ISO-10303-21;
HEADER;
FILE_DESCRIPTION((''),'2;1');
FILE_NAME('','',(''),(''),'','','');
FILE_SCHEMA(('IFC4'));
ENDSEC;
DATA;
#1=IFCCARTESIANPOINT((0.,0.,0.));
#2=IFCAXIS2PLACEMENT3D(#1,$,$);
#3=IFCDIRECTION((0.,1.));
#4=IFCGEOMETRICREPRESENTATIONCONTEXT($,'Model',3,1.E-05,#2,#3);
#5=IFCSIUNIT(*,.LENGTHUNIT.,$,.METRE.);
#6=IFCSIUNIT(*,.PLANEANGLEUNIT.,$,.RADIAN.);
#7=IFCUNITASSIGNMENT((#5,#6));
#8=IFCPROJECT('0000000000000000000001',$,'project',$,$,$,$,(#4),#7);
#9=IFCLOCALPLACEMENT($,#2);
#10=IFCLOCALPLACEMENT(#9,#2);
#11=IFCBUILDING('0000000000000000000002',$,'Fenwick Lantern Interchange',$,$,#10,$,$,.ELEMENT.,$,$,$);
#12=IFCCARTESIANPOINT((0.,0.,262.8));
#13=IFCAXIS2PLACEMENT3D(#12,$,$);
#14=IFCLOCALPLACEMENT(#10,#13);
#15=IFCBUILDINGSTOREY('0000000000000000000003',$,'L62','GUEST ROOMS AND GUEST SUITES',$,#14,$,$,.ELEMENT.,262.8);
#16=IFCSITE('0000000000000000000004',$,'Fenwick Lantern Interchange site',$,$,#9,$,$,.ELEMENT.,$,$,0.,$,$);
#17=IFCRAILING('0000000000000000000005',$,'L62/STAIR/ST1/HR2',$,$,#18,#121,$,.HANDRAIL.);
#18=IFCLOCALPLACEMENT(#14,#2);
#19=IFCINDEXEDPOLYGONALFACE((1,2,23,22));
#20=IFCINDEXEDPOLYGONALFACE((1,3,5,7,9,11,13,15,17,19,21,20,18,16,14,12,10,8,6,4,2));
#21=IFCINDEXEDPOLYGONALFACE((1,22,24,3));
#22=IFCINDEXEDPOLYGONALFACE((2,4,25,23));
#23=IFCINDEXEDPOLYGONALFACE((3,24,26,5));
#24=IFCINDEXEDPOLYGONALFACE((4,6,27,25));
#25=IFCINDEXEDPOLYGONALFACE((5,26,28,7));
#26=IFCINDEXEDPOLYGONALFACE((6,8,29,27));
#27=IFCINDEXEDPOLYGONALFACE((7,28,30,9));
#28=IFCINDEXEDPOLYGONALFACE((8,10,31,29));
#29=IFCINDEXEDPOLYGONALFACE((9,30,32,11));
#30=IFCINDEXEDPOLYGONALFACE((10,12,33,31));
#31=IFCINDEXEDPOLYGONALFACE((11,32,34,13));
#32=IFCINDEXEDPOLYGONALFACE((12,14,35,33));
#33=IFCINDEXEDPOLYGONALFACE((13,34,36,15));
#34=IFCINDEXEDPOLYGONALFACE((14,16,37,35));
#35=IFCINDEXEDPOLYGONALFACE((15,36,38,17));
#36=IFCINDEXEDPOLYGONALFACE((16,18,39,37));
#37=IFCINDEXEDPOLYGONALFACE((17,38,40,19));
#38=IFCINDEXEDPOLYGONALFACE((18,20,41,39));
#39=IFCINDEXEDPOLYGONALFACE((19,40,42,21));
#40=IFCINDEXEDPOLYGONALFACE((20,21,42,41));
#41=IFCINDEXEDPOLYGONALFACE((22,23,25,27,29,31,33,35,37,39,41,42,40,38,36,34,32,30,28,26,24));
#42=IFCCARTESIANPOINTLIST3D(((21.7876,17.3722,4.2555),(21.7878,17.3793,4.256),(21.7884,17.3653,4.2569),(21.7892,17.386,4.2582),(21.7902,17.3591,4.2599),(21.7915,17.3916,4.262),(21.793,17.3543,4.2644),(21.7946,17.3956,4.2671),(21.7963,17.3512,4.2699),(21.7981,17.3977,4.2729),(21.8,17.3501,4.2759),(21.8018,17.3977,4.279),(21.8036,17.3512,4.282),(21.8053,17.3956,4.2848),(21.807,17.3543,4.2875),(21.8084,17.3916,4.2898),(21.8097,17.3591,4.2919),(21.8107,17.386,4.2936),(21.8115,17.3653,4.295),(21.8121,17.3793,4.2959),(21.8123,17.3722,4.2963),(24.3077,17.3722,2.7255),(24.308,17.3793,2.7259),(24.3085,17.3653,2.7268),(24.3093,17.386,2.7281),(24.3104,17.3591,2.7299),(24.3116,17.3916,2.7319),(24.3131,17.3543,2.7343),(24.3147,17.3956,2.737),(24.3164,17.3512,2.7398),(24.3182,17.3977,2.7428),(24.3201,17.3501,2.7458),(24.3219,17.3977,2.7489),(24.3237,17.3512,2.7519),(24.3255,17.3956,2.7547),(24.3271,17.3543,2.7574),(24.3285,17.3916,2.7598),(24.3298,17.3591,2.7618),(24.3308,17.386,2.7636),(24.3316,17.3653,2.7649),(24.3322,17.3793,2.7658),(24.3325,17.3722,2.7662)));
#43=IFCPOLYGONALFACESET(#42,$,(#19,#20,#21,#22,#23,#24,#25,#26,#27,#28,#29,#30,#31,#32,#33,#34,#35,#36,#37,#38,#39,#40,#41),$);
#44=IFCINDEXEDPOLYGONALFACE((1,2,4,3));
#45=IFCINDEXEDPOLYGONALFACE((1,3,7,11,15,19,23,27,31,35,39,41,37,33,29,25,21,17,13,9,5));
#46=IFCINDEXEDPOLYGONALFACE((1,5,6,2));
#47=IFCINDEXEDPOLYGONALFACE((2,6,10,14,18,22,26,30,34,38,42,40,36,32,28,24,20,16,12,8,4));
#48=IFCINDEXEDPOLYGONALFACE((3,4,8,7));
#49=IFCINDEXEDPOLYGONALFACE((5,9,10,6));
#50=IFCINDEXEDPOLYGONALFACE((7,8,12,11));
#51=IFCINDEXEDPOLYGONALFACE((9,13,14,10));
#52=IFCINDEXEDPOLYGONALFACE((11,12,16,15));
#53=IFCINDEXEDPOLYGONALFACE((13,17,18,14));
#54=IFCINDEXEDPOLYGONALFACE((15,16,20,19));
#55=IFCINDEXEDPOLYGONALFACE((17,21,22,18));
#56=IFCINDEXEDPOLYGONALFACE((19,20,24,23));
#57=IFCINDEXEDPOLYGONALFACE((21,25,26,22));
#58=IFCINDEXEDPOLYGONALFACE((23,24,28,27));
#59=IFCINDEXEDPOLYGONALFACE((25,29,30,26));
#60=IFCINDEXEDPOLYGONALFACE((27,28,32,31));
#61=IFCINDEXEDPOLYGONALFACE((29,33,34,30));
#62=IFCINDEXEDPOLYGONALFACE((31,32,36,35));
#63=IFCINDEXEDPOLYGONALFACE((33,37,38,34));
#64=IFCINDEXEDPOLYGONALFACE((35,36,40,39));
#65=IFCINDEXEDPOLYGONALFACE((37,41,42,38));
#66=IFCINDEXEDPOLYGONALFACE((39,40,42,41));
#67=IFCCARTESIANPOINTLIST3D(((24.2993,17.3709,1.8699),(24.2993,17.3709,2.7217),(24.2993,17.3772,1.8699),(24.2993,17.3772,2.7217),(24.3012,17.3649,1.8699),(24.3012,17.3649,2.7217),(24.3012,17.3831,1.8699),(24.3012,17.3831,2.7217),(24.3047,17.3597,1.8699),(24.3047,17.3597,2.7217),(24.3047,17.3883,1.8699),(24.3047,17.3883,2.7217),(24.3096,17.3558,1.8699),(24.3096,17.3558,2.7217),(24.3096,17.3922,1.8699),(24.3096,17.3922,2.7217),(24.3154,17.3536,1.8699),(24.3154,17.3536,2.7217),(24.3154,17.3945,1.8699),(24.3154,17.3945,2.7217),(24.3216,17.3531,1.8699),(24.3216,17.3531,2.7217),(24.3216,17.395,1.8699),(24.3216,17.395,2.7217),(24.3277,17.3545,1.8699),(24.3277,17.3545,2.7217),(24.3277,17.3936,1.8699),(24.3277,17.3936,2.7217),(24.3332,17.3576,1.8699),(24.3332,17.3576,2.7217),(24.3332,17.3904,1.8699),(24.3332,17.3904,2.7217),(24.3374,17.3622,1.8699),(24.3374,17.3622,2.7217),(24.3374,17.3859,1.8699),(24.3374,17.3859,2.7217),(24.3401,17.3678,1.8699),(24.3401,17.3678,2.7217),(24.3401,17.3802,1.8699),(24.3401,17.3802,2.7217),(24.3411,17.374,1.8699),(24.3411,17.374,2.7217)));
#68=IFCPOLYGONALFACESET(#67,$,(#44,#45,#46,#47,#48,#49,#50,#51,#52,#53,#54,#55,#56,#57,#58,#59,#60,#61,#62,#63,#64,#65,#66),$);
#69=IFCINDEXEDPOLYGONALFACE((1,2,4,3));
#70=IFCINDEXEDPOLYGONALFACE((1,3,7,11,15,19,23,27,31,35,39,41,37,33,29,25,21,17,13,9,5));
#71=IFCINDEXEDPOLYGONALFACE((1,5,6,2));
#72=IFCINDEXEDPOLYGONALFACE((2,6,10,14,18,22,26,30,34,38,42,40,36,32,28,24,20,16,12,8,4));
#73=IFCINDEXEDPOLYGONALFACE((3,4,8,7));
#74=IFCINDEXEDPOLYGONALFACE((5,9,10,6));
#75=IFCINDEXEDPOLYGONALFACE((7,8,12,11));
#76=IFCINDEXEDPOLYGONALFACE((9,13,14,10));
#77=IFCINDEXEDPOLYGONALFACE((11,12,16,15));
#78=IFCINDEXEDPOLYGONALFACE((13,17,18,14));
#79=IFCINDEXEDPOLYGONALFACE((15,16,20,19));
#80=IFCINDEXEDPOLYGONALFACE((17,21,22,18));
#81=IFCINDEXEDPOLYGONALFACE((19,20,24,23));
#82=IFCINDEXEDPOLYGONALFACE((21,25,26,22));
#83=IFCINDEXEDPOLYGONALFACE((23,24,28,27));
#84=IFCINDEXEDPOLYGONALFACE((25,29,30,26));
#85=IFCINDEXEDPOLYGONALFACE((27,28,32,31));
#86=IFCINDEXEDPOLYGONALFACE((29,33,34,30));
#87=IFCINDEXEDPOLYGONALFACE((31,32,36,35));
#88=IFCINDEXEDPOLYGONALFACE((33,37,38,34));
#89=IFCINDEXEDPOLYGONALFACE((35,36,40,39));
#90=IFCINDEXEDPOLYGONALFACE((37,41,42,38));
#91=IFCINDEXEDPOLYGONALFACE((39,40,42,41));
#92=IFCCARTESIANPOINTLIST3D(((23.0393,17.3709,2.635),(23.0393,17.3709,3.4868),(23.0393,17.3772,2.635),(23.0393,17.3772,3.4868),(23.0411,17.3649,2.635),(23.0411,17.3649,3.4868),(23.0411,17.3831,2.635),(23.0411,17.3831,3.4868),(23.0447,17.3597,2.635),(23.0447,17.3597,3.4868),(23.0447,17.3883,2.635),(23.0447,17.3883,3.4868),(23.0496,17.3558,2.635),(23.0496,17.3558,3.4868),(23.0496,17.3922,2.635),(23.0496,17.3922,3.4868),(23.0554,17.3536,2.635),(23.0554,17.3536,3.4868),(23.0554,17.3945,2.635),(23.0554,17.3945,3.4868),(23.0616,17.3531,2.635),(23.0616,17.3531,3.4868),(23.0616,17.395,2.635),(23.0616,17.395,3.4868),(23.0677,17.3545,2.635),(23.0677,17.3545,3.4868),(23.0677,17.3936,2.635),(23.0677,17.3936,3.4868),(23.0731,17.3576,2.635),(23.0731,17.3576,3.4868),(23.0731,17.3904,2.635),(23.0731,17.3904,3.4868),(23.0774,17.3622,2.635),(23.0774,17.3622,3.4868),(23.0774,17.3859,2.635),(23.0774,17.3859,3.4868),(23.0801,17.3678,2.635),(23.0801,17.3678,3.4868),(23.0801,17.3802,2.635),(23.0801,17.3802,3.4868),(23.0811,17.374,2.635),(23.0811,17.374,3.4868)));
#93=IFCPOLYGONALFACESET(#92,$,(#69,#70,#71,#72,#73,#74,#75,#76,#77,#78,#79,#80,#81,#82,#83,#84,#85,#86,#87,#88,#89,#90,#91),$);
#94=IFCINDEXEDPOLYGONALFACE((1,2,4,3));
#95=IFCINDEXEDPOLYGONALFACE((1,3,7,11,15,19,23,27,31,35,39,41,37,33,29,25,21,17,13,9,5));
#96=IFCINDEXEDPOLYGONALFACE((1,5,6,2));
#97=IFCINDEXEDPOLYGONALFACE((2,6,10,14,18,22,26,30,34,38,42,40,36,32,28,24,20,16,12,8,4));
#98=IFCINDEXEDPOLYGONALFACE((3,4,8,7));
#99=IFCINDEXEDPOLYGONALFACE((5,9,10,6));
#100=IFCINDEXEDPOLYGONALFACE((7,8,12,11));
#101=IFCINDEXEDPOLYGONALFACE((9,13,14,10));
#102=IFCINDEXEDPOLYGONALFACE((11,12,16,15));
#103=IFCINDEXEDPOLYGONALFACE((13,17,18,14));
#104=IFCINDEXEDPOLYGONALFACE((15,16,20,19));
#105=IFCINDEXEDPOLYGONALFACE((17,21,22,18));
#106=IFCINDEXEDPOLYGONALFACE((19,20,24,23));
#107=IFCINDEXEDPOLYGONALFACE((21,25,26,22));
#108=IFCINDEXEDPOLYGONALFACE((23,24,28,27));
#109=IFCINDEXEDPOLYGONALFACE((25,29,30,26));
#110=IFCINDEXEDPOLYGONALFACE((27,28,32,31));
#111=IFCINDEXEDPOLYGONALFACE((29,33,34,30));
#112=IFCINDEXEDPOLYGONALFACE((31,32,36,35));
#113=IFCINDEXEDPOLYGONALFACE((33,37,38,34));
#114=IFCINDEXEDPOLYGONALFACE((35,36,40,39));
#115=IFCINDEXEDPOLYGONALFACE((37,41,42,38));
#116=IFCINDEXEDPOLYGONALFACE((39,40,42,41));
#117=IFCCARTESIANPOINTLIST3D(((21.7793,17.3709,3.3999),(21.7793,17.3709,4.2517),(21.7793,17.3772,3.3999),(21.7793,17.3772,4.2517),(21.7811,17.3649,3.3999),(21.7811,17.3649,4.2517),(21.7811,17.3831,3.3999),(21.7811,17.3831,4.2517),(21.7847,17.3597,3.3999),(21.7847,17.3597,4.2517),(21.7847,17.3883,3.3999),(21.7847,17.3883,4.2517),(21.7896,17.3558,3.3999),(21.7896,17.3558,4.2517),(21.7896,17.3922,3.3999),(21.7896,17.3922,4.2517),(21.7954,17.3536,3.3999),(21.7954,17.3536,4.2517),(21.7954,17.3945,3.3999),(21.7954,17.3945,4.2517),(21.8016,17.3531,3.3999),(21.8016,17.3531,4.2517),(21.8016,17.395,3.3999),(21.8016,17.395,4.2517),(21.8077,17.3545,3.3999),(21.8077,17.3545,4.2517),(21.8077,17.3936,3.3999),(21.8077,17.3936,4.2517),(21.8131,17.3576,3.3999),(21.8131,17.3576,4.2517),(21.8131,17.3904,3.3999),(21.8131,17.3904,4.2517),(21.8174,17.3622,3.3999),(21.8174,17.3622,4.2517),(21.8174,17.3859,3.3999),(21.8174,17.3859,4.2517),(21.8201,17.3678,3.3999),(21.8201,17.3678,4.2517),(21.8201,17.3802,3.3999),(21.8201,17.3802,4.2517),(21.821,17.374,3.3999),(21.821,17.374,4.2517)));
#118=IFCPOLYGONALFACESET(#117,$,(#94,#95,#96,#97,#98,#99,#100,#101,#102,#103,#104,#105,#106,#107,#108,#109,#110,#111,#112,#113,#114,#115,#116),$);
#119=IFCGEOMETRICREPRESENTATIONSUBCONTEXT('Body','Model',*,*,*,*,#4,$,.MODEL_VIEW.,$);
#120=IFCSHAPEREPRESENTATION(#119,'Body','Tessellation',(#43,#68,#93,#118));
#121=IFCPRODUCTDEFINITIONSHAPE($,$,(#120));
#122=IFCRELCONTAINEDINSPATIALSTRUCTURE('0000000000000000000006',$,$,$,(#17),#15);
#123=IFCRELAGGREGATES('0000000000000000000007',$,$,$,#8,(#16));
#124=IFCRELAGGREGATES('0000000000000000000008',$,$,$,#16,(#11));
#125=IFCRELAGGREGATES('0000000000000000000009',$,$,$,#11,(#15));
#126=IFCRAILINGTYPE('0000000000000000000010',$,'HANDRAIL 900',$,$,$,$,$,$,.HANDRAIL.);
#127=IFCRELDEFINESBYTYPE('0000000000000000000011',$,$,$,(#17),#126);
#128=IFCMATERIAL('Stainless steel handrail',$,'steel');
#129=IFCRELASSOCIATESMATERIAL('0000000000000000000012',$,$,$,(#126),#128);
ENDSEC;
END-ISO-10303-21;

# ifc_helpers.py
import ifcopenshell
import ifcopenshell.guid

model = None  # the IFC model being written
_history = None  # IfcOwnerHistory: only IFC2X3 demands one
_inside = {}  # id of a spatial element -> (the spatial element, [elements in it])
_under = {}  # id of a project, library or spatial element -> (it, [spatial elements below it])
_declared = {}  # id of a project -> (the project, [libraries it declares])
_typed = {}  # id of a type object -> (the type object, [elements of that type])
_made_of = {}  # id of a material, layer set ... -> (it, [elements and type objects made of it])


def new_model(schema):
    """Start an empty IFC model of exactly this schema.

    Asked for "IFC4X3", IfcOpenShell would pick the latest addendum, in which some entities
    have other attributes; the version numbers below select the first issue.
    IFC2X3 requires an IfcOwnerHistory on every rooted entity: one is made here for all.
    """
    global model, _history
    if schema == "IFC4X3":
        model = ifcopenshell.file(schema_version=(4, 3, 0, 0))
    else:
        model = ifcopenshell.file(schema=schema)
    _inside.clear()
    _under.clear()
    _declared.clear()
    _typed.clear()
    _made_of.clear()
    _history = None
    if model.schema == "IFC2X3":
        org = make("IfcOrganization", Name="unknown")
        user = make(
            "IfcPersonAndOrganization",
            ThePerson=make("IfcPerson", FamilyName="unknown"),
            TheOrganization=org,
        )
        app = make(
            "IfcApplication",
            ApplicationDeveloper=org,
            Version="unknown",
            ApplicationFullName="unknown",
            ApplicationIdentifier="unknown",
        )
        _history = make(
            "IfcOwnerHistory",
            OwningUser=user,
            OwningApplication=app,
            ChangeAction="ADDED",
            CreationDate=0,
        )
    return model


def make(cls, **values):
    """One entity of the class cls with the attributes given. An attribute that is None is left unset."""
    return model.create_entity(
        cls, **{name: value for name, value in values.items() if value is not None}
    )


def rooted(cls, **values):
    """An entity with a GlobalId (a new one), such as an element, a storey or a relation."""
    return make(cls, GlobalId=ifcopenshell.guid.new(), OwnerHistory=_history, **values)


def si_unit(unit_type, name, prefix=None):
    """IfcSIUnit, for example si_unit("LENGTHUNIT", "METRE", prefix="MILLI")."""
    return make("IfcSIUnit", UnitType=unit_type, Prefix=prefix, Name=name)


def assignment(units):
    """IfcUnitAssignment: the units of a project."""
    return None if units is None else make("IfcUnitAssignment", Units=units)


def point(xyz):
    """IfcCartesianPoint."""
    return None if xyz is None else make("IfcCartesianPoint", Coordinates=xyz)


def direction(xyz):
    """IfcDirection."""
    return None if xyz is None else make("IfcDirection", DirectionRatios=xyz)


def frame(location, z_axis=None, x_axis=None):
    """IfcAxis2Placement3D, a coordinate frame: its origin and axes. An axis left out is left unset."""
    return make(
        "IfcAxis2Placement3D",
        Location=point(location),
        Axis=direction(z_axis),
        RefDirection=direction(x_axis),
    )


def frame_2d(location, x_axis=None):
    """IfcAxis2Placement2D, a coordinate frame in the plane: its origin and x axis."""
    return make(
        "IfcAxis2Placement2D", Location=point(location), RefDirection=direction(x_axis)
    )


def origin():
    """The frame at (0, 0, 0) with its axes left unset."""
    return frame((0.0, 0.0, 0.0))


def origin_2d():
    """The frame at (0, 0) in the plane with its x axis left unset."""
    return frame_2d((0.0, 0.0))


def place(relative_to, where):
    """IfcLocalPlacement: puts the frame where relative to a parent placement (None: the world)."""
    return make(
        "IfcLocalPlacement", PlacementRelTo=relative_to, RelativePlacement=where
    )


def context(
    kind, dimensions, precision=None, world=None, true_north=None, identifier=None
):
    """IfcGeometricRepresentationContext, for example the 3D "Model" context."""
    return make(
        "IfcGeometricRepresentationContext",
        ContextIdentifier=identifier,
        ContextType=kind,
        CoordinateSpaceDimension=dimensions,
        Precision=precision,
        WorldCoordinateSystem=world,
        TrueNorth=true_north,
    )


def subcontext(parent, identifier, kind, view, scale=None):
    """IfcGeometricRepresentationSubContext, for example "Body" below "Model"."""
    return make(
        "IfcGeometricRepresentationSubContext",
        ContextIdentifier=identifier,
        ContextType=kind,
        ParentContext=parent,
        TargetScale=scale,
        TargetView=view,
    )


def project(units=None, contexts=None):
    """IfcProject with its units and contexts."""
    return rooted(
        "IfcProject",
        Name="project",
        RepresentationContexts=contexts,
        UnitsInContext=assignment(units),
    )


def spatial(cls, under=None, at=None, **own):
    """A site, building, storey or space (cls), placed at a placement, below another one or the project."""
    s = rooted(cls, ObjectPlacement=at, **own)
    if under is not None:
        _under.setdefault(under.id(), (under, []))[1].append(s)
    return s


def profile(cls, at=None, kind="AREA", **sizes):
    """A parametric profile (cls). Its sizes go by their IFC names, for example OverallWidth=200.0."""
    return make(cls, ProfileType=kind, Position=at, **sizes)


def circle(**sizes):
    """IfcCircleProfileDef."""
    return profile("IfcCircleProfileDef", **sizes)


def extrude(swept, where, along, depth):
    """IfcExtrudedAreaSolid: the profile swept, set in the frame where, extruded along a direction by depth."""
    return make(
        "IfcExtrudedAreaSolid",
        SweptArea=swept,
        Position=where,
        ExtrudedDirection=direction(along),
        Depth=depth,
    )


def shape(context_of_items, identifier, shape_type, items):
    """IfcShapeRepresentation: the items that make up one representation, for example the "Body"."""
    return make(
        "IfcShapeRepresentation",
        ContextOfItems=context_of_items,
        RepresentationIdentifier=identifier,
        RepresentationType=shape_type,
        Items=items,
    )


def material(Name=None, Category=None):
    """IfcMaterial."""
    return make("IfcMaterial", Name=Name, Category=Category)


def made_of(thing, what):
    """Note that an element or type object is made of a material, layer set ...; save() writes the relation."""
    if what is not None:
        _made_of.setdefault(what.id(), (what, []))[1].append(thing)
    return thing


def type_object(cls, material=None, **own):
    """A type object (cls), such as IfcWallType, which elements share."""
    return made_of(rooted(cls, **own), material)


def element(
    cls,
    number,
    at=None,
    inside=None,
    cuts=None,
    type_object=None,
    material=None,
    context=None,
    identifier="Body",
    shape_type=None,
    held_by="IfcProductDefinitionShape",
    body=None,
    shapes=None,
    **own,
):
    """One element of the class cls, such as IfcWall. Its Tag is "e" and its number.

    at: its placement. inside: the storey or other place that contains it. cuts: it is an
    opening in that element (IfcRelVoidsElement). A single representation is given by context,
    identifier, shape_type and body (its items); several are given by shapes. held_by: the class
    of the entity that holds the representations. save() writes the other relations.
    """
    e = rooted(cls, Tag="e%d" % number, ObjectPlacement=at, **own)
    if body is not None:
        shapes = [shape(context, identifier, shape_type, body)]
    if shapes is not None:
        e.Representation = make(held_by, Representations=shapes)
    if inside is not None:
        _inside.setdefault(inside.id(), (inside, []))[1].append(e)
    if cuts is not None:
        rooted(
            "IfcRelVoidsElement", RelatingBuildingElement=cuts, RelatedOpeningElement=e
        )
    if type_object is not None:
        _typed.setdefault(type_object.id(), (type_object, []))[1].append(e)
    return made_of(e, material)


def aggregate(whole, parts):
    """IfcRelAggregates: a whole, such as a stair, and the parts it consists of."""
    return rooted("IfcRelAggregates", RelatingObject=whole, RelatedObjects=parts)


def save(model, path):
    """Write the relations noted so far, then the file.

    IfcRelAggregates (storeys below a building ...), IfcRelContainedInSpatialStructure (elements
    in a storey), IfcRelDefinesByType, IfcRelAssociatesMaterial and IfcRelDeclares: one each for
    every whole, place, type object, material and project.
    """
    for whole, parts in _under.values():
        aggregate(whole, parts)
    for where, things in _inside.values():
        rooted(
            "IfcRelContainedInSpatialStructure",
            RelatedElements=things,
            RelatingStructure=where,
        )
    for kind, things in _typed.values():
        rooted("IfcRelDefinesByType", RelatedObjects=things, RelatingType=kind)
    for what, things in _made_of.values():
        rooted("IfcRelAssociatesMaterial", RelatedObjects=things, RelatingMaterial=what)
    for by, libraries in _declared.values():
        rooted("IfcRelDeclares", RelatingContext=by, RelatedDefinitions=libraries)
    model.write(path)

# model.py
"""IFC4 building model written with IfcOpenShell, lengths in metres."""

from ifc_helpers import new_model, si_unit, direction, frame, origin, origin_2d, place, context, subcontext, project, spatial, circle, extrude, material, type_object, element, save


model = new_model("IFC4")

# Units and contexts
model_context = context("Model", 3, precision=1e-05, world=origin(), true_north=direction((0.0, 1.0)))
body_context = subcontext(model_context, "Body", "Model", "MODEL_VIEW")
ifc_project = project(units=[si_unit("LENGTHUNIT", "METRE"), si_unit("PLANEANGLEUNIT", "RADIAN")], contexts=[model_context])

# Site, building, storey
site_placement = place(None, origin())
site = spatial("IfcSite", under=ifc_project, at=site_placement, Name="Fenwick Lantern Interchange site", CompositionType="ELEMENT", RefElevation=0.0)
building_placement = place(site_placement, origin())
building = spatial("IfcBuilding", under=site, at=building_placement, Name="Fenwick Lantern Interchange", CompositionType="ELEMENT")
storey_placement = place(building_placement, frame((0.0, 0.0, 262.8)))
storey = spatial("IfcBuildingStorey", under=building, at=storey_placement, Name="L62", Description="GUEST ROOMS AND GUEST SUITES", CompositionType="ELEMENT", Elevation=262.8)

# Railing
ifc_material_1 = material(Name="Stainless steel handrail", Category="steel")
railing_type = type_object("IfcRailingType", Name="HANDRAIL 900", PredefinedType="HANDRAIL", material=ifc_material_1)
railing_1_placement = place(storey_placement, frame((24.3201, 17.374, 1.8699)))
element("IfcRailing", 1, at=railing_1_placement, inside=storey, type_object=railing_type, Name="L62/STAIR/ST1/HR2", PredefinedType="HANDRAIL", context=body_context, shape_type="SweptSolid", body=[
    extrude(circle(Radius=0.0239, at=origin_2d()), frame((0.0, 0.0, 0.876), z_axis=(-0.854785, 0.0, 0.518982), x_axis=(0.0, -1.0, 0.0)), (0.0, 0.0, 1.0), 2.9482),
    extrude(circle(Radius=0.021, at=origin_2d()), origin(), (0.0, 0.0, 1.0), 0.8518),
    extrude(circle(Radius=0.021, at=origin_2d()), frame((-1.26, 0.0, 0.7651)), (0.0, 0.0, 1.0), 0.8518),
    extrude(circle(Radius=0.021, at=origin_2d()), frame((-2.52, 0.0, 1.53)), (0.0, 0.0, 1.0), 0.8518),
])

save(model, "model.ifc")
